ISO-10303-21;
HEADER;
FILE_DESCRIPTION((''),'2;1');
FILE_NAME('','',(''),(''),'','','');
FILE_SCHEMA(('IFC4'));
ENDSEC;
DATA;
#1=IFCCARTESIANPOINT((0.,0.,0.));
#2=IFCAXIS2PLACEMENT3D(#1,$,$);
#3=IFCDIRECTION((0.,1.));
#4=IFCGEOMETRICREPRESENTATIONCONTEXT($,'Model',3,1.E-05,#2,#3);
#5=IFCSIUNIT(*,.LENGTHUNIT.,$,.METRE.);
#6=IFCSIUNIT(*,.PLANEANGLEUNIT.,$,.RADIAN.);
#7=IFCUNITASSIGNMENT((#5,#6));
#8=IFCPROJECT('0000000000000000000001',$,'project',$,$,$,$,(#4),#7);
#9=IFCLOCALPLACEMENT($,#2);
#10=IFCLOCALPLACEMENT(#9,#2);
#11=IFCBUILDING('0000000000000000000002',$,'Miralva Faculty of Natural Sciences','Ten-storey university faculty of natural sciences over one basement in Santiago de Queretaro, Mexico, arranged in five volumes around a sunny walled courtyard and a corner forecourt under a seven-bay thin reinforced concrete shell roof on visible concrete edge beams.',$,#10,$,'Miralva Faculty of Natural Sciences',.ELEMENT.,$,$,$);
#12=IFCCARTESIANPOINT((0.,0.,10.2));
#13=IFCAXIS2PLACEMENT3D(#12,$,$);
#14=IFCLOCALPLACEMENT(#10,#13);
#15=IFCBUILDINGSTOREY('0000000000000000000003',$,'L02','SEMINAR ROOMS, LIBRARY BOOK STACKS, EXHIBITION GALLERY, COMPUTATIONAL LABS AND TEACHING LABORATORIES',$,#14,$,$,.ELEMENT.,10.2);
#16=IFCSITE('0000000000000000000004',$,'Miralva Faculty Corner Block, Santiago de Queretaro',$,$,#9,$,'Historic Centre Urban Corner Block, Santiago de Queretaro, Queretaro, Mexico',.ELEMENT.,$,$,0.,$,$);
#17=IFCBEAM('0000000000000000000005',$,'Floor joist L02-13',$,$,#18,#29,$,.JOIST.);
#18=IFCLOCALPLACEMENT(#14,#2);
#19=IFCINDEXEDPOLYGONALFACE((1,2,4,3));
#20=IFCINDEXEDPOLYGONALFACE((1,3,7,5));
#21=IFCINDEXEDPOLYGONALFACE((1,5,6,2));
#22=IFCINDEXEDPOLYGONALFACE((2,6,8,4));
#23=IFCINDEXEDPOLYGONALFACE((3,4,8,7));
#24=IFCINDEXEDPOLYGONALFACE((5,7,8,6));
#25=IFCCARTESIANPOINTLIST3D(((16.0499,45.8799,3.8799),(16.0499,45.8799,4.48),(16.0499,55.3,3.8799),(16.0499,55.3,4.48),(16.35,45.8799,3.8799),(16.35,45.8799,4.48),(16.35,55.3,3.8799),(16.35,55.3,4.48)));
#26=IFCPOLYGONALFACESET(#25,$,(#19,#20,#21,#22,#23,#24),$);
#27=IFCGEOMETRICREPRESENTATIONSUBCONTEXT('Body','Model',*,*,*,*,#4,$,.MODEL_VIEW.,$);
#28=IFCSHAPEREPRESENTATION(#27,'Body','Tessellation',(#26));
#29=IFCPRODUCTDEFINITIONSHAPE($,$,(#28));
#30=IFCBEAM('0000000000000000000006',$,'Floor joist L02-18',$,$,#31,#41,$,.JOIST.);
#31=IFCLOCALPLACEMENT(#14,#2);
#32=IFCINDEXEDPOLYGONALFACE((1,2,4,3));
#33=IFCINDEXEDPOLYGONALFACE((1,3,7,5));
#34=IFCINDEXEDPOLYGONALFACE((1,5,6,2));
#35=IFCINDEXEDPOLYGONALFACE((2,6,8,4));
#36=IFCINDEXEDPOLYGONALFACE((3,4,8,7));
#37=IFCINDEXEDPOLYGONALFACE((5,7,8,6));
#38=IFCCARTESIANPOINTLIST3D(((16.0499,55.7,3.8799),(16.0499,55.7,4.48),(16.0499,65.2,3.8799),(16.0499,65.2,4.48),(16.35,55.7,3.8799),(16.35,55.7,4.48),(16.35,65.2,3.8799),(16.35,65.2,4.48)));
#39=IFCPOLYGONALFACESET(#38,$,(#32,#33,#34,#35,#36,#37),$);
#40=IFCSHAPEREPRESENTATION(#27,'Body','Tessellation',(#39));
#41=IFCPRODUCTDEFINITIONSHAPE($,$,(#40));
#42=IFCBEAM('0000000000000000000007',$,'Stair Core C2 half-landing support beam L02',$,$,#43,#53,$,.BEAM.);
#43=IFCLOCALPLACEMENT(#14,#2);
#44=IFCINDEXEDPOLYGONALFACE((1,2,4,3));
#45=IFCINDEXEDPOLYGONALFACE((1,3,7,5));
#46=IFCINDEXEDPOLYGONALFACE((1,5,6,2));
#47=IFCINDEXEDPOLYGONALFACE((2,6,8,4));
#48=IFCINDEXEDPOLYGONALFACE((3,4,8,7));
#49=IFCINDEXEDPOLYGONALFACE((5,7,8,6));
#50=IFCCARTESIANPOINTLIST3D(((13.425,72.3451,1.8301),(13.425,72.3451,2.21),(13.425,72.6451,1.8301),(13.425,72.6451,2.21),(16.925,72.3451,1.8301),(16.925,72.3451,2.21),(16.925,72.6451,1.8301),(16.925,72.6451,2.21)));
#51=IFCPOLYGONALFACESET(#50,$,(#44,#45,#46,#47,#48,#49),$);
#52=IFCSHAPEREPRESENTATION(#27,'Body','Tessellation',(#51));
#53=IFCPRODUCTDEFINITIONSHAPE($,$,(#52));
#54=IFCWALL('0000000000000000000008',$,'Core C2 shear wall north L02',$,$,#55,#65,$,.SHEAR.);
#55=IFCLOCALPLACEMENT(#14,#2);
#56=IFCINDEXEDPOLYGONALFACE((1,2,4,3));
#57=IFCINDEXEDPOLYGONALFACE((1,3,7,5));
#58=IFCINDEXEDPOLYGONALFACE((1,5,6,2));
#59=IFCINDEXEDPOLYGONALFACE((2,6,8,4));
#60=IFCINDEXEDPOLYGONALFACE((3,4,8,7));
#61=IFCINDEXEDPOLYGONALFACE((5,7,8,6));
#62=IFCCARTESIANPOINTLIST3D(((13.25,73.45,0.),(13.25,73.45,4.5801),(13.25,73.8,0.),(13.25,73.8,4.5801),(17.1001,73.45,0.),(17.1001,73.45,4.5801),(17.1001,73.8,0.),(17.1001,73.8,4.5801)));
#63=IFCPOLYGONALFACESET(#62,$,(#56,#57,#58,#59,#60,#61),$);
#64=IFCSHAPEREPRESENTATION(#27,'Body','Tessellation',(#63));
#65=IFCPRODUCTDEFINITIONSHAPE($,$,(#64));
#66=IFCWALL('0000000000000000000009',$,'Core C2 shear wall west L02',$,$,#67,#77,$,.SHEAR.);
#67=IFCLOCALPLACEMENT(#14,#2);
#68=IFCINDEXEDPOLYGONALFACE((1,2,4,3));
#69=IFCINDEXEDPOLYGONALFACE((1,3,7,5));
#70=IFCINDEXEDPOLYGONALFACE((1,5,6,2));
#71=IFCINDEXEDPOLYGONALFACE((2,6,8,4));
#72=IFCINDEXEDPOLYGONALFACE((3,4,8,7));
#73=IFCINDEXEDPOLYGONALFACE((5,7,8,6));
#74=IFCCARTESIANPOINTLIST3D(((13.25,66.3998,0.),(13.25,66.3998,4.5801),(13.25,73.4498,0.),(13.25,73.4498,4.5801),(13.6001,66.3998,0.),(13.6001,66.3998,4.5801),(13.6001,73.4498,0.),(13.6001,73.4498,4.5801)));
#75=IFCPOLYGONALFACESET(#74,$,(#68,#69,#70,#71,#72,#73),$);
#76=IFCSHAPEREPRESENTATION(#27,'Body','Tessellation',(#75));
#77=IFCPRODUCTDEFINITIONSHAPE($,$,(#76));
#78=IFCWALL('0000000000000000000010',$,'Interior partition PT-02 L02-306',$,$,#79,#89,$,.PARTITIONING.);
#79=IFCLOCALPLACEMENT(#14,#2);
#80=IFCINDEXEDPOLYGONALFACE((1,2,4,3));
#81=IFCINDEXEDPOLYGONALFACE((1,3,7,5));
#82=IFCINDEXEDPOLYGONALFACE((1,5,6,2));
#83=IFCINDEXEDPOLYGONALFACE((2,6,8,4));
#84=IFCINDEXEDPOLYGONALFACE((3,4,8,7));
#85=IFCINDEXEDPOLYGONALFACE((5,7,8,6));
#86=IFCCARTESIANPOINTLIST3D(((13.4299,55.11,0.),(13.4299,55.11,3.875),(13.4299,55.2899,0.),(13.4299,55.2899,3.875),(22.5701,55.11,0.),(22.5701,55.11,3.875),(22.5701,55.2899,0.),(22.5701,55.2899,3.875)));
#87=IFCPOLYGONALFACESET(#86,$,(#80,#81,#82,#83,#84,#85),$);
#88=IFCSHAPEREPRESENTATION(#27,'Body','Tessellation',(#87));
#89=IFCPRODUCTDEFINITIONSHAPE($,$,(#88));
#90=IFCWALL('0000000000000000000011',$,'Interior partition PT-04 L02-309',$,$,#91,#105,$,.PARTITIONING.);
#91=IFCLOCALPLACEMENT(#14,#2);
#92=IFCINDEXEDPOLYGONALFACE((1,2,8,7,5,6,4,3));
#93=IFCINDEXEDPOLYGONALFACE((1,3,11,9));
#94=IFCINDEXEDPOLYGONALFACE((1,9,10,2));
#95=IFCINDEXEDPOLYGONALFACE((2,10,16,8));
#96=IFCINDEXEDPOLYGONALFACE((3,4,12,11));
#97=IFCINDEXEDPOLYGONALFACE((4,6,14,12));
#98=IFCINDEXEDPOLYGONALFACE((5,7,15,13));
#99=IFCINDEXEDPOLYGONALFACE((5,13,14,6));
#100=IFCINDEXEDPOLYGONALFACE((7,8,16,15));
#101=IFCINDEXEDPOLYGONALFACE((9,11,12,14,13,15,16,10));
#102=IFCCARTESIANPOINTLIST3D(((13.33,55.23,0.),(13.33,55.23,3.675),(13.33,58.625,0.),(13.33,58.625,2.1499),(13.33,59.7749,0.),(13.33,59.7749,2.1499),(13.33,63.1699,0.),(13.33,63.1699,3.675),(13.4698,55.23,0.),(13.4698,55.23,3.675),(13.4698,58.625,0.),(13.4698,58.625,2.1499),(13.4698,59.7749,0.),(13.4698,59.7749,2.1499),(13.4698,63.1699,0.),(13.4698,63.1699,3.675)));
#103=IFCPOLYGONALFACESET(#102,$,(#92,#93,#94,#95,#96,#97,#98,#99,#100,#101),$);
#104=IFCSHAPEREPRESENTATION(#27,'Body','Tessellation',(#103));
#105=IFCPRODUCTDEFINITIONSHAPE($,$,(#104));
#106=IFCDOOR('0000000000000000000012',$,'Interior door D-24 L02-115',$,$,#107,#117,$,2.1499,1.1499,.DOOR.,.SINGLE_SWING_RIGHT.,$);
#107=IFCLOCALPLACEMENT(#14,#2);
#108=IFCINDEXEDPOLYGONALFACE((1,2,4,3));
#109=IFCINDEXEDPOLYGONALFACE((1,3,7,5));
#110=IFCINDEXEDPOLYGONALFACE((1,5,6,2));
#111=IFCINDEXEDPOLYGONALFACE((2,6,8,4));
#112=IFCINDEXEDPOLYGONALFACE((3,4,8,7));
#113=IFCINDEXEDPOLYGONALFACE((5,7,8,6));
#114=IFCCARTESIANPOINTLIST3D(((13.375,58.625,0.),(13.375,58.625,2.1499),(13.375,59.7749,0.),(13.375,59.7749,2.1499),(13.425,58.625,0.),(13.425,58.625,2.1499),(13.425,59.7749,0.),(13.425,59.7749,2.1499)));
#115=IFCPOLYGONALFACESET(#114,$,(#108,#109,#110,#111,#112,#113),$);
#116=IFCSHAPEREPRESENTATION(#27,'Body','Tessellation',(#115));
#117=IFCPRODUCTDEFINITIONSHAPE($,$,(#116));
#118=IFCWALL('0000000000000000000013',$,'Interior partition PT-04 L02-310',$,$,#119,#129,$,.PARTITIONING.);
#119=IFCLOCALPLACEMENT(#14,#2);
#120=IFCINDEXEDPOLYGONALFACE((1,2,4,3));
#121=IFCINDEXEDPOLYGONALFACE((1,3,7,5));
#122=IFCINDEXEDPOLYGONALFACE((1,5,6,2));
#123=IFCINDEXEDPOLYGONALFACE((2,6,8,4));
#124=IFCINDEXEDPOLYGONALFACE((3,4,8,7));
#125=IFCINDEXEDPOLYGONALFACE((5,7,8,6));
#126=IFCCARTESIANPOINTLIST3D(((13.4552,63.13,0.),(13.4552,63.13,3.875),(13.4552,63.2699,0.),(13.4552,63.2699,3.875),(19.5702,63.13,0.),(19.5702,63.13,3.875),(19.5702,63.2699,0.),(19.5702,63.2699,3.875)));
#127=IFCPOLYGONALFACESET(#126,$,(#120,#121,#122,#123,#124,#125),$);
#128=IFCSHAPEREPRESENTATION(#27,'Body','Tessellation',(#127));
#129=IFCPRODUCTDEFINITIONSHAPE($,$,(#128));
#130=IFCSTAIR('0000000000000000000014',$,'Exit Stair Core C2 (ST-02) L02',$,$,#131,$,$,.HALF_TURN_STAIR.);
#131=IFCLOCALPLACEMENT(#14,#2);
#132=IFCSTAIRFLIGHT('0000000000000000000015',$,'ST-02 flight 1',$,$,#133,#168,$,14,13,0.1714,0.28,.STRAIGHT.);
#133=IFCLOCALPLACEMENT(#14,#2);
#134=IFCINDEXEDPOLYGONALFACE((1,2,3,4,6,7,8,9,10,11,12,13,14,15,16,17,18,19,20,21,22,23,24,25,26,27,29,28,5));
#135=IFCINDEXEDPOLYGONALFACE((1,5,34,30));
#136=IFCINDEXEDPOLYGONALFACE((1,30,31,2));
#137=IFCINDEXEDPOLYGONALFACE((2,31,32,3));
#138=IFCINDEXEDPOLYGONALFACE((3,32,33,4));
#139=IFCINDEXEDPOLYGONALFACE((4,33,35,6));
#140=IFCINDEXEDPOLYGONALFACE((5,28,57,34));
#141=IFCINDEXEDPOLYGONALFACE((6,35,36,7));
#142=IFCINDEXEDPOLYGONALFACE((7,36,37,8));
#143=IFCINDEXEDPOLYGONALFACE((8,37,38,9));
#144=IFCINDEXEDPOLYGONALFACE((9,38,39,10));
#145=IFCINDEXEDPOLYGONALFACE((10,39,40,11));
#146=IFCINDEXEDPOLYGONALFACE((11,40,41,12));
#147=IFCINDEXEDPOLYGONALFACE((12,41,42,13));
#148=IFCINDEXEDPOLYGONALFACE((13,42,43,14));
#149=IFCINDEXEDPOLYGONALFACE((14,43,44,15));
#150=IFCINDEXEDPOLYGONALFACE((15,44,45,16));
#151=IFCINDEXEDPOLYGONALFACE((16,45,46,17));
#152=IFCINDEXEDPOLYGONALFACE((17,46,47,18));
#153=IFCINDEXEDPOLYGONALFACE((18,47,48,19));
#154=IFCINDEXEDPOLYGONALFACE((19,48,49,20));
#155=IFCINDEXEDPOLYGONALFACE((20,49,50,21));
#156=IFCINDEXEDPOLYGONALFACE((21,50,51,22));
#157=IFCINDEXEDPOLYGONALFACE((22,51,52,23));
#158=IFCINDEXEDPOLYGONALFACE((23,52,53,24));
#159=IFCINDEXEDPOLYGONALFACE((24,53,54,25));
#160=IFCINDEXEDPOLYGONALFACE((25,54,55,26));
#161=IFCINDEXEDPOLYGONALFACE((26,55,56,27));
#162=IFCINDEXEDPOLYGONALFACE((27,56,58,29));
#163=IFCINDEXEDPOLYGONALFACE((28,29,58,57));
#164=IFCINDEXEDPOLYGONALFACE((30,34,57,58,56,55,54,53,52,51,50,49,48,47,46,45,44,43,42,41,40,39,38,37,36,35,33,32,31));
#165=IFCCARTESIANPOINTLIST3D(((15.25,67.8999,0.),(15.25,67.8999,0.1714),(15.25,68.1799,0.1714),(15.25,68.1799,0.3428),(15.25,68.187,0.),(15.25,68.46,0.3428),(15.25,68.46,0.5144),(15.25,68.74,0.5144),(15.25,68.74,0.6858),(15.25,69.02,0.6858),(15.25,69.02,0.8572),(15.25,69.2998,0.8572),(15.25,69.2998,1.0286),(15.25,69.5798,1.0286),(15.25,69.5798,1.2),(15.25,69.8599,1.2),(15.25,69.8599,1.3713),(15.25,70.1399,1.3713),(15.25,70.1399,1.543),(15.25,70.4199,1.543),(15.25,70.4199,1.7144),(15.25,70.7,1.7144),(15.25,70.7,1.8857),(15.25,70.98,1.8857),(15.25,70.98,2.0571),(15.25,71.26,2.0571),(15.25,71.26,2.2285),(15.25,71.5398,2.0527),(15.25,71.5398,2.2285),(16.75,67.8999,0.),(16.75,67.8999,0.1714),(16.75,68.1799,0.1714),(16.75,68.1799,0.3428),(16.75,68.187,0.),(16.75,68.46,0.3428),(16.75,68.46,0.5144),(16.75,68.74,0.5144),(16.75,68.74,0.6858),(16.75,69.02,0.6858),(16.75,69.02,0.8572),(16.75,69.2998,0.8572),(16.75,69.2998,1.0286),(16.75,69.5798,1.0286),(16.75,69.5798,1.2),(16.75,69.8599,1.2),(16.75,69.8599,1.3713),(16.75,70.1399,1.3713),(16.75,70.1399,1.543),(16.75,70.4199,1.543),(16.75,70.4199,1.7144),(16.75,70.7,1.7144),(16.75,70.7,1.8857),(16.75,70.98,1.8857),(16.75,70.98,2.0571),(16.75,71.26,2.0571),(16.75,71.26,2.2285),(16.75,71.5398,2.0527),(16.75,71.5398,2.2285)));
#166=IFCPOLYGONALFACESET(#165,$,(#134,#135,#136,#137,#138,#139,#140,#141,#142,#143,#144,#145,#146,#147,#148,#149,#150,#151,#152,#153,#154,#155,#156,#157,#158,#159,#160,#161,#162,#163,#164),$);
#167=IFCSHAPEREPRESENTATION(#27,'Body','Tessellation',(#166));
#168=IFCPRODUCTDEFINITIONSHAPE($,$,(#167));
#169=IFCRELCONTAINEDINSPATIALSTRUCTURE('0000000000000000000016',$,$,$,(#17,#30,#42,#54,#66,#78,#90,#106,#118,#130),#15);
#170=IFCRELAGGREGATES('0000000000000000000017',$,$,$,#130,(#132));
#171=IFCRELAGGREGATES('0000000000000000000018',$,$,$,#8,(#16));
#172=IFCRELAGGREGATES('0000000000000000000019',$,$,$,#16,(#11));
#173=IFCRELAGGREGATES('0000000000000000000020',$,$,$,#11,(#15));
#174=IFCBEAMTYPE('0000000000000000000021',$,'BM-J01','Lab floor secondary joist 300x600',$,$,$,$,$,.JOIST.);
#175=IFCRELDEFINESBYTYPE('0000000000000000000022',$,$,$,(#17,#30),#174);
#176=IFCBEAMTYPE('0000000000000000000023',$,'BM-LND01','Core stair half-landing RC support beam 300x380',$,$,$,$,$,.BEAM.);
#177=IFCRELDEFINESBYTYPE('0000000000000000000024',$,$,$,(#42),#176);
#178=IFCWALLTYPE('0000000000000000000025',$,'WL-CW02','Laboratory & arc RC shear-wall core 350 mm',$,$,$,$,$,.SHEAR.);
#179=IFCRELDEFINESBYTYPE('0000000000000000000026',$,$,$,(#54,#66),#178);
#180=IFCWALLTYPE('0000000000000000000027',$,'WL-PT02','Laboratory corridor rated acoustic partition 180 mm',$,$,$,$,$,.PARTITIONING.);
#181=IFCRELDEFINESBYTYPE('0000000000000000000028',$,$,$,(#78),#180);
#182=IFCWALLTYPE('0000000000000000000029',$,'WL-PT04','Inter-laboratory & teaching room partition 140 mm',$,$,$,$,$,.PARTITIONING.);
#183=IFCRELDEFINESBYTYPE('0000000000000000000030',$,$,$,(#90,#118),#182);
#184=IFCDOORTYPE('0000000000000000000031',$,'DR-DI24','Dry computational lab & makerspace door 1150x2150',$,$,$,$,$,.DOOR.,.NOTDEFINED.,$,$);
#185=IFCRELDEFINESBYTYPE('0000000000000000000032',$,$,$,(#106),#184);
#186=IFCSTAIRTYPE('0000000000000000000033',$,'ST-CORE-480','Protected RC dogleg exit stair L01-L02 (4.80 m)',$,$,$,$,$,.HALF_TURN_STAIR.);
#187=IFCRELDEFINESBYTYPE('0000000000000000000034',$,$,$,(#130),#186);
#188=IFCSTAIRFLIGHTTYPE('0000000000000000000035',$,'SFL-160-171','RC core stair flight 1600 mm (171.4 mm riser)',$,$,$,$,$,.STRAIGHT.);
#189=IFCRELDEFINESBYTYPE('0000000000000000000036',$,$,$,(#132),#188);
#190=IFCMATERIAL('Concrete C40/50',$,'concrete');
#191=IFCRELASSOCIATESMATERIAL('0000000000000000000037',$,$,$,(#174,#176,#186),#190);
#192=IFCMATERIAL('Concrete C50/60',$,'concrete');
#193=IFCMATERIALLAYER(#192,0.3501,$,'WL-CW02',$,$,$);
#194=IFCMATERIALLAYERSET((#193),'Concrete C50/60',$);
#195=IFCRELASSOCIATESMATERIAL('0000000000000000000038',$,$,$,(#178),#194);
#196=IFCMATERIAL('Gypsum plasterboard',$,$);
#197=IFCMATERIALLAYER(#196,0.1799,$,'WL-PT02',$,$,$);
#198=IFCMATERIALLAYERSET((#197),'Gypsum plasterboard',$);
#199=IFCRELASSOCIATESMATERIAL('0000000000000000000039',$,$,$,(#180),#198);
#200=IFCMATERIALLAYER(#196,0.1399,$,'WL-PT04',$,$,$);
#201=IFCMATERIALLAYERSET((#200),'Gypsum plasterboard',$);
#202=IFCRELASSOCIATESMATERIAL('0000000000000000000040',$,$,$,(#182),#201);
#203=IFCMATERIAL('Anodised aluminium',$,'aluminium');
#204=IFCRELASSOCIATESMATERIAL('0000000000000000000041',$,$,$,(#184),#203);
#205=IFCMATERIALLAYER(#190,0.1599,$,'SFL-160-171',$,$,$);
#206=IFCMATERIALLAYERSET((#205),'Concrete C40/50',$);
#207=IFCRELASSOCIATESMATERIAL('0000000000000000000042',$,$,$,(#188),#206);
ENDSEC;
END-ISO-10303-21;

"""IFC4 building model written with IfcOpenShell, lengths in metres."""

from ifc_helpers import new_model, si_unit, direction, frame, frame_2d, origin, origin_2d, place, context, subcontext, project, spatial, polyline, rectangle, outline, extrude, material, layer, layer_set, material_profile, profile_set, type_object, element, fill, aggregate, save


model = new_model("IFC4")

# Units and contexts
model_context = context("Model", 3, precision=1e-05, world=origin(), true_north=direction((0.0, 1.0)))
body_context = subcontext(model_context, "Body", "Model", "MODEL_VIEW")
ifc_project = project(units=[si_unit("LENGTHUNIT", "METRE"), si_unit("PLANEANGLEUNIT", "RADIAN")], contexts=[model_context])

# Site, building, storey
site_placement = place(None, origin())
site = spatial("IfcSite", under=ifc_project, at=site_placement, Name="Miralva Faculty Corner Block, Santiago de Queretaro", LongName="Historic Centre Urban Corner Block, Santiago de Queretaro, Queretaro, Mexico", CompositionType="ELEMENT", RefElevation=0.0)
building_placement = place(site_placement, origin())
building = spatial("IfcBuilding", under=site, at=building_placement, Name="Miralva Faculty of Natural Sciences", Description="Ten-storey university faculty of natural sciences over one basement in Santiago de Queretaro, Mexico, arranged in five volumes around a sunny walled courtyard and a corner forecourt under a seven-bay thin reinforced concrete shell roof on visible concrete edge beams.", LongName="Miralva Faculty of Natural Sciences", CompositionType="ELEMENT")
storey_placement = place(building_placement, frame((0.0, 0.0, 10.2)))
storey = spatial("IfcBuildingStorey", under=building, at=storey_placement, Name="L02", Description="SEMINAR ROOMS, LIBRARY BOOK STACKS, EXHIBITION GALLERY, COMPUTATIONAL LABS AND TEACHING LABORATORIES", CompositionType="ELEMENT", Elevation=10.2)

# Beams
ifc_material_1 = material(Name="Concrete C40/50", Category="concrete")
ifc_material_profile_1 = material_profile(ifc_material_1, rectangle(XDim=0.3, YDim=0.6001, at=origin_2d()), Name="RC 300x600")
ifc_profile_set_1 = profile_set([ifc_material_profile_1], Name="Concrete C40/50")
beam_type_1 = type_object("IfcBeamType", Name="BM-J01", Description="Lab floor secondary joist 300x600", PredefinedType="JOIST", material=ifc_profile_set_1)
beam_1_placement = place(storey_placement, frame((16.2, 45.8799, 4.1799), z_axis=(0.0, 1.0, 0.0), x_axis=(-1.0, 0.0, 0.0)))
element("IfcBeam", 1, at=beam_1_placement, inside=storey, type_object=beam_type_1, Name="Floor joist L02-13", PredefinedType="JOIST", context=body_context, shape_type="SweptSolid", body=[
    extrude(rectangle(XDim=0.3, YDim=0.6001, at=origin_2d()), origin(), (0.0, 0.0, 1.0), 9.4202),
])
beam_2_placement = place(storey_placement, frame((16.2, 55.7, 4.1799), z_axis=(0.0, 1.0, 0.0), x_axis=(-1.0, 0.0, 0.0)))
element("IfcBeam", 2, at=beam_2_placement, inside=storey, type_object=beam_type_1, Name="Floor joist L02-18", PredefinedType="JOIST", context=body_context, shape_type="SweptSolid", body=[
    extrude(rectangle(XDim=0.3, YDim=0.6001, at=origin_2d()), origin(), (0.0, 0.0, 1.0), 9.5),
])
ifc_material_profile_2 = material_profile(ifc_material_1, rectangle(XDim=0.3, YDim=0.3799, at=origin_2d()), Name="RC 300x380")
ifc_profile_set_2 = profile_set([ifc_material_profile_2], Name="Concrete C40/50")
beam_type_2 = type_object("IfcBeamType", Name="BM-LND01", Description="Core stair half-landing RC support beam 300x380", PredefinedType="BEAM", material=ifc_profile_set_2)
beam_3_placement = place(storey_placement, frame((13.425, 72.4951, 2.02), z_axis=(1.0, 0.0, 0.0), x_axis=(0.0, 1.0, 0.0)))
element("IfcBeam", 3, at=beam_3_placement, inside=storey, type_object=beam_type_2, Name="Stair Core C2 half-landing support beam L02", PredefinedType="BEAM", context=body_context, shape_type="SweptSolid", body=[
    extrude(rectangle(XDim=0.3, YDim=0.3799, at=origin_2d()), origin(), (0.0, 0.0, 1.0), 3.5),
])

# Walls
ifc_material_2 = material(Name="Concrete C50/60", Category="concrete")
ifc_layer_1 = layer(ifc_material_2, 0.3501, Name="WL-CW02")
ifc_layer_set_1 = layer_set([ifc_layer_1], Name="Concrete C50/60")
wall_type_1 = type_object("IfcWallType", Name="WL-CW02", Description="Laboratory & arc RC shear-wall core 350 mm", PredefinedType="SHEAR", material=ifc_layer_set_1)
wall_1_placement = place(storey_placement, frame((13.25, 73.625, 0.0), z_axis=(0.0, 0.0, 1.0), x_axis=(1.0, 0.0, 0.0)))
element("IfcWall", 4, at=wall_1_placement, inside=storey, type_object=wall_type_1, Name="Core C2 shear wall north L02", PredefinedType="SHEAR", context=body_context, shape_type="SweptSolid", body=[
    extrude(rectangle(XDim=3.8501, YDim=0.3501, at=frame_2d((1.925, 0.0))), origin(), (0.0, 0.0, 1.0), 4.5801),
])
wall_2_placement = place(storey_placement, frame((13.425, 66.3999, 0.0), z_axis=(0.0, 0.0, 1.0), x_axis=(0.0, 1.0, 0.0)))
element("IfcWall", 5, at=wall_2_placement, inside=storey, type_object=wall_type_1, Name="Core C2 shear wall west L02", PredefinedType="SHEAR", context=body_context, shape_type="SweptSolid", body=[
    extrude(rectangle(XDim=7.05, YDim=0.3501, at=frame_2d((3.5249, 0.0))), origin(), (0.0, 0.0, 1.0), 4.5801),
])
ifc_material_3 = material(Name="Gypsum plasterboard")
ifc_layer_2 = layer(ifc_material_3, 0.1799, Name="WL-PT02")
ifc_layer_set_2 = layer_set([ifc_layer_2], Name="Gypsum plasterboard")
wall_type_2 = type_object("IfcWallType", Name="WL-PT02", Description="Laboratory corridor rated acoustic partition 180 mm", PredefinedType="PARTITIONING", material=ifc_layer_set_2)
wall_3_placement = place(storey_placement, frame((13.4299, 55.2, 0.0), z_axis=(0.0, 0.0, 1.0), x_axis=(1.0, 0.0, 0.0)))
element("IfcWall", 6, at=wall_3_placement, inside=storey, type_object=wall_type_2, Name="Interior partition PT-02 L02-306", PredefinedType="PARTITIONING", context=body_context, shape_type="SweptSolid", body=[
    extrude(rectangle(XDim=9.1401, YDim=0.1799, at=frame_2d((4.5701, 0.0))), origin(), (0.0, 0.0, 1.0), 3.875),
])

# Wall, opening, door
ifc_layer_3 = layer(ifc_material_3, 0.1399, Name="WL-PT04")
ifc_layer_set_3 = layer_set([ifc_layer_3], Name="Gypsum plasterboard")
wall_type_3 = type_object("IfcWallType", Name="WL-PT04", Description="Inter-laboratory & teaching room partition 140 mm", PredefinedType="PARTITIONING", material=ifc_layer_set_3)
wall_4_placement = place(storey_placement, frame((13.3999, 55.23, 0.0), z_axis=(0.0, 0.0, 1.0), x_axis=(0.0, 1.0, 0.0)))
wall_4 = element("IfcWall", 7, at=wall_4_placement, inside=storey, type_object=wall_type_3, Name="Interior partition PT-04 L02-309", PredefinedType="PARTITIONING", context=body_context, shape_type="SweptSolid", body=[
    extrude(rectangle(XDim=7.9399, YDim=0.1399, at=frame_2d((3.97, 0.0))), origin(), (0.0, 0.0, 1.0), 3.675),
])
opening_placement = place(wall_4_placement, frame((3.395, 0.0, 0.0)))
opening = element("IfcOpeningElement", 8, at=opening_placement, cuts=wall_4, PredefinedType="OPENING", context=body_context, shape_type="SweptSolid", body=[
    extrude(rectangle(XDim=1.1499, YDim=2.1499, at=frame_2d((0.575, 1.075))), frame((0.0, 0.0798, 0.0), z_axis=(0.0, -1.0, 0.0), x_axis=(1.0, 0.0, 0.0)), (0.0, 0.0, 1.0), 0.1599),
])
ifc_material_4 = material(Name="Anodised aluminium", Category="aluminium")
door_type = type_object("IfcDoorType", Name="DR-DI24", Description="Dry computational lab & makerspace door 1150x2150", OperationType="NOTDEFINED", PredefinedType="DOOR", material=ifc_material_4)
door_placement = place(opening_placement, origin())
door = element("IfcDoor", 9, at=door_placement, inside=storey, type_object=door_type, Name="Interior door D-24 L02-115", OperationType="SINGLE_SWING_RIGHT", OverallHeight=2.1499, OverallWidth=1.1499, PredefinedType="DOOR", context=body_context, shape_type="SweptSolid", body=[
    extrude(rectangle(XDim=1.1499, YDim=2.1499, at=frame_2d((0.575, 1.075))), frame((0.0, 0.0249, 0.0), z_axis=(0.0, -1.0, 0.0), x_axis=(1.0, 0.0, 0.0)), (0.0, 0.0, 1.0), 0.05),
])
fill(opening, door)

# Wall
wall_5_placement = place(storey_placement, frame((13.4551, 63.2, 0.0), z_axis=(0.0, 0.0, 1.0), x_axis=(1.0, 0.0, 0.0)))
element("IfcWall", 10, at=wall_5_placement, inside=storey, type_object=wall_type_3, Name="Interior partition PT-04 L02-310", PredefinedType="PARTITIONING", context=body_context, shape_type="SweptSolid", body=[
    extrude(rectangle(XDim=6.115, YDim=0.1399, at=frame_2d((3.0576, 0.0))), origin(), (0.0, 0.0, 1.0), 3.875),
])

# Stair, stair flight
stair_type = type_object("IfcStairType", Name="ST-CORE-480", Description="Protected RC dogleg exit stair L01-L02 (4.80 m)", PredefinedType="HALF_TURN_STAIR", material=ifc_material_1)
stair_placement = place(storey_placement, origin())
stair = element("IfcStair", 11, at=stair_placement, inside=storey, type_object=stair_type, Name="Exit Stair Core C2 (ST-02) L02", PredefinedType="HALF_TURN_STAIR")
ifc_layer_4 = layer(ifc_material_1, 0.1599, Name="SFL-160-171")
ifc_layer_set_4 = layer_set([ifc_layer_4], Name="Concrete C40/50")
stair_flight_type = type_object("IfcStairFlightType", Name="SFL-160-171", Description="RC core stair flight 1600 mm (171.4 mm riser)", PredefinedType="STRAIGHT", material=ifc_layer_set_4)
stair_flight_1_placement = place(storey_placement, frame((16.0, 67.8999, 0.0), z_axis=(0.0, 0.0, 1.0), x_axis=(0.0, 1.0, 0.0)))
stair_flight_1 = element("IfcStairFlight", 12, at=stair_flight_1_placement, type_object=stair_flight_type, Name="ST-02 flight 1", NumberOfRisers=14, NumberOfTreads=13, PredefinedType="STRAIGHT", RiserHeight=0.1714, TreadLength=0.28, context=body_context, shape_type="SweptSolid", body=[
    extrude(outline(polyline([(0.0, 0.0), (0.0, 0.1714), (0.28, 0.1714), (0.28, 0.3428), (0.5601, 0.3428), (0.5601, 0.5144), (0.8401, 0.5144), (0.8401, 0.6858), (1.1201, 0.6858), (1.1201, 0.8572), (1.3999, 0.8572), (1.3999, 1.0286), (1.6799, 1.0286), (1.6799, 1.2), (1.96, 1.2), (1.96, 1.3713), (2.24, 1.3713), (2.24, 1.543), (2.52, 1.543), (2.52, 1.7144), (2.8, 1.7144), (2.8, 1.8857), (3.0801, 1.8857), (3.0801, 2.0571), (3.3601, 2.0571), (3.3601, 2.2285), (3.6399, 2.2285), (3.6399, 2.3999), (3.6399, 2.0527), (0.2871, 0.0), (0.0, 0.0)])), frame((0.0, 0.75, 0.0), z_axis=(0.0, -1.0, 0.0), x_axis=(1.0, 0.0, 0.0)), (0.0, 0.0, 1.0), 1.5),
])
aggregate(stair, [stair_flight_1])

save(model, "model.ifc")
